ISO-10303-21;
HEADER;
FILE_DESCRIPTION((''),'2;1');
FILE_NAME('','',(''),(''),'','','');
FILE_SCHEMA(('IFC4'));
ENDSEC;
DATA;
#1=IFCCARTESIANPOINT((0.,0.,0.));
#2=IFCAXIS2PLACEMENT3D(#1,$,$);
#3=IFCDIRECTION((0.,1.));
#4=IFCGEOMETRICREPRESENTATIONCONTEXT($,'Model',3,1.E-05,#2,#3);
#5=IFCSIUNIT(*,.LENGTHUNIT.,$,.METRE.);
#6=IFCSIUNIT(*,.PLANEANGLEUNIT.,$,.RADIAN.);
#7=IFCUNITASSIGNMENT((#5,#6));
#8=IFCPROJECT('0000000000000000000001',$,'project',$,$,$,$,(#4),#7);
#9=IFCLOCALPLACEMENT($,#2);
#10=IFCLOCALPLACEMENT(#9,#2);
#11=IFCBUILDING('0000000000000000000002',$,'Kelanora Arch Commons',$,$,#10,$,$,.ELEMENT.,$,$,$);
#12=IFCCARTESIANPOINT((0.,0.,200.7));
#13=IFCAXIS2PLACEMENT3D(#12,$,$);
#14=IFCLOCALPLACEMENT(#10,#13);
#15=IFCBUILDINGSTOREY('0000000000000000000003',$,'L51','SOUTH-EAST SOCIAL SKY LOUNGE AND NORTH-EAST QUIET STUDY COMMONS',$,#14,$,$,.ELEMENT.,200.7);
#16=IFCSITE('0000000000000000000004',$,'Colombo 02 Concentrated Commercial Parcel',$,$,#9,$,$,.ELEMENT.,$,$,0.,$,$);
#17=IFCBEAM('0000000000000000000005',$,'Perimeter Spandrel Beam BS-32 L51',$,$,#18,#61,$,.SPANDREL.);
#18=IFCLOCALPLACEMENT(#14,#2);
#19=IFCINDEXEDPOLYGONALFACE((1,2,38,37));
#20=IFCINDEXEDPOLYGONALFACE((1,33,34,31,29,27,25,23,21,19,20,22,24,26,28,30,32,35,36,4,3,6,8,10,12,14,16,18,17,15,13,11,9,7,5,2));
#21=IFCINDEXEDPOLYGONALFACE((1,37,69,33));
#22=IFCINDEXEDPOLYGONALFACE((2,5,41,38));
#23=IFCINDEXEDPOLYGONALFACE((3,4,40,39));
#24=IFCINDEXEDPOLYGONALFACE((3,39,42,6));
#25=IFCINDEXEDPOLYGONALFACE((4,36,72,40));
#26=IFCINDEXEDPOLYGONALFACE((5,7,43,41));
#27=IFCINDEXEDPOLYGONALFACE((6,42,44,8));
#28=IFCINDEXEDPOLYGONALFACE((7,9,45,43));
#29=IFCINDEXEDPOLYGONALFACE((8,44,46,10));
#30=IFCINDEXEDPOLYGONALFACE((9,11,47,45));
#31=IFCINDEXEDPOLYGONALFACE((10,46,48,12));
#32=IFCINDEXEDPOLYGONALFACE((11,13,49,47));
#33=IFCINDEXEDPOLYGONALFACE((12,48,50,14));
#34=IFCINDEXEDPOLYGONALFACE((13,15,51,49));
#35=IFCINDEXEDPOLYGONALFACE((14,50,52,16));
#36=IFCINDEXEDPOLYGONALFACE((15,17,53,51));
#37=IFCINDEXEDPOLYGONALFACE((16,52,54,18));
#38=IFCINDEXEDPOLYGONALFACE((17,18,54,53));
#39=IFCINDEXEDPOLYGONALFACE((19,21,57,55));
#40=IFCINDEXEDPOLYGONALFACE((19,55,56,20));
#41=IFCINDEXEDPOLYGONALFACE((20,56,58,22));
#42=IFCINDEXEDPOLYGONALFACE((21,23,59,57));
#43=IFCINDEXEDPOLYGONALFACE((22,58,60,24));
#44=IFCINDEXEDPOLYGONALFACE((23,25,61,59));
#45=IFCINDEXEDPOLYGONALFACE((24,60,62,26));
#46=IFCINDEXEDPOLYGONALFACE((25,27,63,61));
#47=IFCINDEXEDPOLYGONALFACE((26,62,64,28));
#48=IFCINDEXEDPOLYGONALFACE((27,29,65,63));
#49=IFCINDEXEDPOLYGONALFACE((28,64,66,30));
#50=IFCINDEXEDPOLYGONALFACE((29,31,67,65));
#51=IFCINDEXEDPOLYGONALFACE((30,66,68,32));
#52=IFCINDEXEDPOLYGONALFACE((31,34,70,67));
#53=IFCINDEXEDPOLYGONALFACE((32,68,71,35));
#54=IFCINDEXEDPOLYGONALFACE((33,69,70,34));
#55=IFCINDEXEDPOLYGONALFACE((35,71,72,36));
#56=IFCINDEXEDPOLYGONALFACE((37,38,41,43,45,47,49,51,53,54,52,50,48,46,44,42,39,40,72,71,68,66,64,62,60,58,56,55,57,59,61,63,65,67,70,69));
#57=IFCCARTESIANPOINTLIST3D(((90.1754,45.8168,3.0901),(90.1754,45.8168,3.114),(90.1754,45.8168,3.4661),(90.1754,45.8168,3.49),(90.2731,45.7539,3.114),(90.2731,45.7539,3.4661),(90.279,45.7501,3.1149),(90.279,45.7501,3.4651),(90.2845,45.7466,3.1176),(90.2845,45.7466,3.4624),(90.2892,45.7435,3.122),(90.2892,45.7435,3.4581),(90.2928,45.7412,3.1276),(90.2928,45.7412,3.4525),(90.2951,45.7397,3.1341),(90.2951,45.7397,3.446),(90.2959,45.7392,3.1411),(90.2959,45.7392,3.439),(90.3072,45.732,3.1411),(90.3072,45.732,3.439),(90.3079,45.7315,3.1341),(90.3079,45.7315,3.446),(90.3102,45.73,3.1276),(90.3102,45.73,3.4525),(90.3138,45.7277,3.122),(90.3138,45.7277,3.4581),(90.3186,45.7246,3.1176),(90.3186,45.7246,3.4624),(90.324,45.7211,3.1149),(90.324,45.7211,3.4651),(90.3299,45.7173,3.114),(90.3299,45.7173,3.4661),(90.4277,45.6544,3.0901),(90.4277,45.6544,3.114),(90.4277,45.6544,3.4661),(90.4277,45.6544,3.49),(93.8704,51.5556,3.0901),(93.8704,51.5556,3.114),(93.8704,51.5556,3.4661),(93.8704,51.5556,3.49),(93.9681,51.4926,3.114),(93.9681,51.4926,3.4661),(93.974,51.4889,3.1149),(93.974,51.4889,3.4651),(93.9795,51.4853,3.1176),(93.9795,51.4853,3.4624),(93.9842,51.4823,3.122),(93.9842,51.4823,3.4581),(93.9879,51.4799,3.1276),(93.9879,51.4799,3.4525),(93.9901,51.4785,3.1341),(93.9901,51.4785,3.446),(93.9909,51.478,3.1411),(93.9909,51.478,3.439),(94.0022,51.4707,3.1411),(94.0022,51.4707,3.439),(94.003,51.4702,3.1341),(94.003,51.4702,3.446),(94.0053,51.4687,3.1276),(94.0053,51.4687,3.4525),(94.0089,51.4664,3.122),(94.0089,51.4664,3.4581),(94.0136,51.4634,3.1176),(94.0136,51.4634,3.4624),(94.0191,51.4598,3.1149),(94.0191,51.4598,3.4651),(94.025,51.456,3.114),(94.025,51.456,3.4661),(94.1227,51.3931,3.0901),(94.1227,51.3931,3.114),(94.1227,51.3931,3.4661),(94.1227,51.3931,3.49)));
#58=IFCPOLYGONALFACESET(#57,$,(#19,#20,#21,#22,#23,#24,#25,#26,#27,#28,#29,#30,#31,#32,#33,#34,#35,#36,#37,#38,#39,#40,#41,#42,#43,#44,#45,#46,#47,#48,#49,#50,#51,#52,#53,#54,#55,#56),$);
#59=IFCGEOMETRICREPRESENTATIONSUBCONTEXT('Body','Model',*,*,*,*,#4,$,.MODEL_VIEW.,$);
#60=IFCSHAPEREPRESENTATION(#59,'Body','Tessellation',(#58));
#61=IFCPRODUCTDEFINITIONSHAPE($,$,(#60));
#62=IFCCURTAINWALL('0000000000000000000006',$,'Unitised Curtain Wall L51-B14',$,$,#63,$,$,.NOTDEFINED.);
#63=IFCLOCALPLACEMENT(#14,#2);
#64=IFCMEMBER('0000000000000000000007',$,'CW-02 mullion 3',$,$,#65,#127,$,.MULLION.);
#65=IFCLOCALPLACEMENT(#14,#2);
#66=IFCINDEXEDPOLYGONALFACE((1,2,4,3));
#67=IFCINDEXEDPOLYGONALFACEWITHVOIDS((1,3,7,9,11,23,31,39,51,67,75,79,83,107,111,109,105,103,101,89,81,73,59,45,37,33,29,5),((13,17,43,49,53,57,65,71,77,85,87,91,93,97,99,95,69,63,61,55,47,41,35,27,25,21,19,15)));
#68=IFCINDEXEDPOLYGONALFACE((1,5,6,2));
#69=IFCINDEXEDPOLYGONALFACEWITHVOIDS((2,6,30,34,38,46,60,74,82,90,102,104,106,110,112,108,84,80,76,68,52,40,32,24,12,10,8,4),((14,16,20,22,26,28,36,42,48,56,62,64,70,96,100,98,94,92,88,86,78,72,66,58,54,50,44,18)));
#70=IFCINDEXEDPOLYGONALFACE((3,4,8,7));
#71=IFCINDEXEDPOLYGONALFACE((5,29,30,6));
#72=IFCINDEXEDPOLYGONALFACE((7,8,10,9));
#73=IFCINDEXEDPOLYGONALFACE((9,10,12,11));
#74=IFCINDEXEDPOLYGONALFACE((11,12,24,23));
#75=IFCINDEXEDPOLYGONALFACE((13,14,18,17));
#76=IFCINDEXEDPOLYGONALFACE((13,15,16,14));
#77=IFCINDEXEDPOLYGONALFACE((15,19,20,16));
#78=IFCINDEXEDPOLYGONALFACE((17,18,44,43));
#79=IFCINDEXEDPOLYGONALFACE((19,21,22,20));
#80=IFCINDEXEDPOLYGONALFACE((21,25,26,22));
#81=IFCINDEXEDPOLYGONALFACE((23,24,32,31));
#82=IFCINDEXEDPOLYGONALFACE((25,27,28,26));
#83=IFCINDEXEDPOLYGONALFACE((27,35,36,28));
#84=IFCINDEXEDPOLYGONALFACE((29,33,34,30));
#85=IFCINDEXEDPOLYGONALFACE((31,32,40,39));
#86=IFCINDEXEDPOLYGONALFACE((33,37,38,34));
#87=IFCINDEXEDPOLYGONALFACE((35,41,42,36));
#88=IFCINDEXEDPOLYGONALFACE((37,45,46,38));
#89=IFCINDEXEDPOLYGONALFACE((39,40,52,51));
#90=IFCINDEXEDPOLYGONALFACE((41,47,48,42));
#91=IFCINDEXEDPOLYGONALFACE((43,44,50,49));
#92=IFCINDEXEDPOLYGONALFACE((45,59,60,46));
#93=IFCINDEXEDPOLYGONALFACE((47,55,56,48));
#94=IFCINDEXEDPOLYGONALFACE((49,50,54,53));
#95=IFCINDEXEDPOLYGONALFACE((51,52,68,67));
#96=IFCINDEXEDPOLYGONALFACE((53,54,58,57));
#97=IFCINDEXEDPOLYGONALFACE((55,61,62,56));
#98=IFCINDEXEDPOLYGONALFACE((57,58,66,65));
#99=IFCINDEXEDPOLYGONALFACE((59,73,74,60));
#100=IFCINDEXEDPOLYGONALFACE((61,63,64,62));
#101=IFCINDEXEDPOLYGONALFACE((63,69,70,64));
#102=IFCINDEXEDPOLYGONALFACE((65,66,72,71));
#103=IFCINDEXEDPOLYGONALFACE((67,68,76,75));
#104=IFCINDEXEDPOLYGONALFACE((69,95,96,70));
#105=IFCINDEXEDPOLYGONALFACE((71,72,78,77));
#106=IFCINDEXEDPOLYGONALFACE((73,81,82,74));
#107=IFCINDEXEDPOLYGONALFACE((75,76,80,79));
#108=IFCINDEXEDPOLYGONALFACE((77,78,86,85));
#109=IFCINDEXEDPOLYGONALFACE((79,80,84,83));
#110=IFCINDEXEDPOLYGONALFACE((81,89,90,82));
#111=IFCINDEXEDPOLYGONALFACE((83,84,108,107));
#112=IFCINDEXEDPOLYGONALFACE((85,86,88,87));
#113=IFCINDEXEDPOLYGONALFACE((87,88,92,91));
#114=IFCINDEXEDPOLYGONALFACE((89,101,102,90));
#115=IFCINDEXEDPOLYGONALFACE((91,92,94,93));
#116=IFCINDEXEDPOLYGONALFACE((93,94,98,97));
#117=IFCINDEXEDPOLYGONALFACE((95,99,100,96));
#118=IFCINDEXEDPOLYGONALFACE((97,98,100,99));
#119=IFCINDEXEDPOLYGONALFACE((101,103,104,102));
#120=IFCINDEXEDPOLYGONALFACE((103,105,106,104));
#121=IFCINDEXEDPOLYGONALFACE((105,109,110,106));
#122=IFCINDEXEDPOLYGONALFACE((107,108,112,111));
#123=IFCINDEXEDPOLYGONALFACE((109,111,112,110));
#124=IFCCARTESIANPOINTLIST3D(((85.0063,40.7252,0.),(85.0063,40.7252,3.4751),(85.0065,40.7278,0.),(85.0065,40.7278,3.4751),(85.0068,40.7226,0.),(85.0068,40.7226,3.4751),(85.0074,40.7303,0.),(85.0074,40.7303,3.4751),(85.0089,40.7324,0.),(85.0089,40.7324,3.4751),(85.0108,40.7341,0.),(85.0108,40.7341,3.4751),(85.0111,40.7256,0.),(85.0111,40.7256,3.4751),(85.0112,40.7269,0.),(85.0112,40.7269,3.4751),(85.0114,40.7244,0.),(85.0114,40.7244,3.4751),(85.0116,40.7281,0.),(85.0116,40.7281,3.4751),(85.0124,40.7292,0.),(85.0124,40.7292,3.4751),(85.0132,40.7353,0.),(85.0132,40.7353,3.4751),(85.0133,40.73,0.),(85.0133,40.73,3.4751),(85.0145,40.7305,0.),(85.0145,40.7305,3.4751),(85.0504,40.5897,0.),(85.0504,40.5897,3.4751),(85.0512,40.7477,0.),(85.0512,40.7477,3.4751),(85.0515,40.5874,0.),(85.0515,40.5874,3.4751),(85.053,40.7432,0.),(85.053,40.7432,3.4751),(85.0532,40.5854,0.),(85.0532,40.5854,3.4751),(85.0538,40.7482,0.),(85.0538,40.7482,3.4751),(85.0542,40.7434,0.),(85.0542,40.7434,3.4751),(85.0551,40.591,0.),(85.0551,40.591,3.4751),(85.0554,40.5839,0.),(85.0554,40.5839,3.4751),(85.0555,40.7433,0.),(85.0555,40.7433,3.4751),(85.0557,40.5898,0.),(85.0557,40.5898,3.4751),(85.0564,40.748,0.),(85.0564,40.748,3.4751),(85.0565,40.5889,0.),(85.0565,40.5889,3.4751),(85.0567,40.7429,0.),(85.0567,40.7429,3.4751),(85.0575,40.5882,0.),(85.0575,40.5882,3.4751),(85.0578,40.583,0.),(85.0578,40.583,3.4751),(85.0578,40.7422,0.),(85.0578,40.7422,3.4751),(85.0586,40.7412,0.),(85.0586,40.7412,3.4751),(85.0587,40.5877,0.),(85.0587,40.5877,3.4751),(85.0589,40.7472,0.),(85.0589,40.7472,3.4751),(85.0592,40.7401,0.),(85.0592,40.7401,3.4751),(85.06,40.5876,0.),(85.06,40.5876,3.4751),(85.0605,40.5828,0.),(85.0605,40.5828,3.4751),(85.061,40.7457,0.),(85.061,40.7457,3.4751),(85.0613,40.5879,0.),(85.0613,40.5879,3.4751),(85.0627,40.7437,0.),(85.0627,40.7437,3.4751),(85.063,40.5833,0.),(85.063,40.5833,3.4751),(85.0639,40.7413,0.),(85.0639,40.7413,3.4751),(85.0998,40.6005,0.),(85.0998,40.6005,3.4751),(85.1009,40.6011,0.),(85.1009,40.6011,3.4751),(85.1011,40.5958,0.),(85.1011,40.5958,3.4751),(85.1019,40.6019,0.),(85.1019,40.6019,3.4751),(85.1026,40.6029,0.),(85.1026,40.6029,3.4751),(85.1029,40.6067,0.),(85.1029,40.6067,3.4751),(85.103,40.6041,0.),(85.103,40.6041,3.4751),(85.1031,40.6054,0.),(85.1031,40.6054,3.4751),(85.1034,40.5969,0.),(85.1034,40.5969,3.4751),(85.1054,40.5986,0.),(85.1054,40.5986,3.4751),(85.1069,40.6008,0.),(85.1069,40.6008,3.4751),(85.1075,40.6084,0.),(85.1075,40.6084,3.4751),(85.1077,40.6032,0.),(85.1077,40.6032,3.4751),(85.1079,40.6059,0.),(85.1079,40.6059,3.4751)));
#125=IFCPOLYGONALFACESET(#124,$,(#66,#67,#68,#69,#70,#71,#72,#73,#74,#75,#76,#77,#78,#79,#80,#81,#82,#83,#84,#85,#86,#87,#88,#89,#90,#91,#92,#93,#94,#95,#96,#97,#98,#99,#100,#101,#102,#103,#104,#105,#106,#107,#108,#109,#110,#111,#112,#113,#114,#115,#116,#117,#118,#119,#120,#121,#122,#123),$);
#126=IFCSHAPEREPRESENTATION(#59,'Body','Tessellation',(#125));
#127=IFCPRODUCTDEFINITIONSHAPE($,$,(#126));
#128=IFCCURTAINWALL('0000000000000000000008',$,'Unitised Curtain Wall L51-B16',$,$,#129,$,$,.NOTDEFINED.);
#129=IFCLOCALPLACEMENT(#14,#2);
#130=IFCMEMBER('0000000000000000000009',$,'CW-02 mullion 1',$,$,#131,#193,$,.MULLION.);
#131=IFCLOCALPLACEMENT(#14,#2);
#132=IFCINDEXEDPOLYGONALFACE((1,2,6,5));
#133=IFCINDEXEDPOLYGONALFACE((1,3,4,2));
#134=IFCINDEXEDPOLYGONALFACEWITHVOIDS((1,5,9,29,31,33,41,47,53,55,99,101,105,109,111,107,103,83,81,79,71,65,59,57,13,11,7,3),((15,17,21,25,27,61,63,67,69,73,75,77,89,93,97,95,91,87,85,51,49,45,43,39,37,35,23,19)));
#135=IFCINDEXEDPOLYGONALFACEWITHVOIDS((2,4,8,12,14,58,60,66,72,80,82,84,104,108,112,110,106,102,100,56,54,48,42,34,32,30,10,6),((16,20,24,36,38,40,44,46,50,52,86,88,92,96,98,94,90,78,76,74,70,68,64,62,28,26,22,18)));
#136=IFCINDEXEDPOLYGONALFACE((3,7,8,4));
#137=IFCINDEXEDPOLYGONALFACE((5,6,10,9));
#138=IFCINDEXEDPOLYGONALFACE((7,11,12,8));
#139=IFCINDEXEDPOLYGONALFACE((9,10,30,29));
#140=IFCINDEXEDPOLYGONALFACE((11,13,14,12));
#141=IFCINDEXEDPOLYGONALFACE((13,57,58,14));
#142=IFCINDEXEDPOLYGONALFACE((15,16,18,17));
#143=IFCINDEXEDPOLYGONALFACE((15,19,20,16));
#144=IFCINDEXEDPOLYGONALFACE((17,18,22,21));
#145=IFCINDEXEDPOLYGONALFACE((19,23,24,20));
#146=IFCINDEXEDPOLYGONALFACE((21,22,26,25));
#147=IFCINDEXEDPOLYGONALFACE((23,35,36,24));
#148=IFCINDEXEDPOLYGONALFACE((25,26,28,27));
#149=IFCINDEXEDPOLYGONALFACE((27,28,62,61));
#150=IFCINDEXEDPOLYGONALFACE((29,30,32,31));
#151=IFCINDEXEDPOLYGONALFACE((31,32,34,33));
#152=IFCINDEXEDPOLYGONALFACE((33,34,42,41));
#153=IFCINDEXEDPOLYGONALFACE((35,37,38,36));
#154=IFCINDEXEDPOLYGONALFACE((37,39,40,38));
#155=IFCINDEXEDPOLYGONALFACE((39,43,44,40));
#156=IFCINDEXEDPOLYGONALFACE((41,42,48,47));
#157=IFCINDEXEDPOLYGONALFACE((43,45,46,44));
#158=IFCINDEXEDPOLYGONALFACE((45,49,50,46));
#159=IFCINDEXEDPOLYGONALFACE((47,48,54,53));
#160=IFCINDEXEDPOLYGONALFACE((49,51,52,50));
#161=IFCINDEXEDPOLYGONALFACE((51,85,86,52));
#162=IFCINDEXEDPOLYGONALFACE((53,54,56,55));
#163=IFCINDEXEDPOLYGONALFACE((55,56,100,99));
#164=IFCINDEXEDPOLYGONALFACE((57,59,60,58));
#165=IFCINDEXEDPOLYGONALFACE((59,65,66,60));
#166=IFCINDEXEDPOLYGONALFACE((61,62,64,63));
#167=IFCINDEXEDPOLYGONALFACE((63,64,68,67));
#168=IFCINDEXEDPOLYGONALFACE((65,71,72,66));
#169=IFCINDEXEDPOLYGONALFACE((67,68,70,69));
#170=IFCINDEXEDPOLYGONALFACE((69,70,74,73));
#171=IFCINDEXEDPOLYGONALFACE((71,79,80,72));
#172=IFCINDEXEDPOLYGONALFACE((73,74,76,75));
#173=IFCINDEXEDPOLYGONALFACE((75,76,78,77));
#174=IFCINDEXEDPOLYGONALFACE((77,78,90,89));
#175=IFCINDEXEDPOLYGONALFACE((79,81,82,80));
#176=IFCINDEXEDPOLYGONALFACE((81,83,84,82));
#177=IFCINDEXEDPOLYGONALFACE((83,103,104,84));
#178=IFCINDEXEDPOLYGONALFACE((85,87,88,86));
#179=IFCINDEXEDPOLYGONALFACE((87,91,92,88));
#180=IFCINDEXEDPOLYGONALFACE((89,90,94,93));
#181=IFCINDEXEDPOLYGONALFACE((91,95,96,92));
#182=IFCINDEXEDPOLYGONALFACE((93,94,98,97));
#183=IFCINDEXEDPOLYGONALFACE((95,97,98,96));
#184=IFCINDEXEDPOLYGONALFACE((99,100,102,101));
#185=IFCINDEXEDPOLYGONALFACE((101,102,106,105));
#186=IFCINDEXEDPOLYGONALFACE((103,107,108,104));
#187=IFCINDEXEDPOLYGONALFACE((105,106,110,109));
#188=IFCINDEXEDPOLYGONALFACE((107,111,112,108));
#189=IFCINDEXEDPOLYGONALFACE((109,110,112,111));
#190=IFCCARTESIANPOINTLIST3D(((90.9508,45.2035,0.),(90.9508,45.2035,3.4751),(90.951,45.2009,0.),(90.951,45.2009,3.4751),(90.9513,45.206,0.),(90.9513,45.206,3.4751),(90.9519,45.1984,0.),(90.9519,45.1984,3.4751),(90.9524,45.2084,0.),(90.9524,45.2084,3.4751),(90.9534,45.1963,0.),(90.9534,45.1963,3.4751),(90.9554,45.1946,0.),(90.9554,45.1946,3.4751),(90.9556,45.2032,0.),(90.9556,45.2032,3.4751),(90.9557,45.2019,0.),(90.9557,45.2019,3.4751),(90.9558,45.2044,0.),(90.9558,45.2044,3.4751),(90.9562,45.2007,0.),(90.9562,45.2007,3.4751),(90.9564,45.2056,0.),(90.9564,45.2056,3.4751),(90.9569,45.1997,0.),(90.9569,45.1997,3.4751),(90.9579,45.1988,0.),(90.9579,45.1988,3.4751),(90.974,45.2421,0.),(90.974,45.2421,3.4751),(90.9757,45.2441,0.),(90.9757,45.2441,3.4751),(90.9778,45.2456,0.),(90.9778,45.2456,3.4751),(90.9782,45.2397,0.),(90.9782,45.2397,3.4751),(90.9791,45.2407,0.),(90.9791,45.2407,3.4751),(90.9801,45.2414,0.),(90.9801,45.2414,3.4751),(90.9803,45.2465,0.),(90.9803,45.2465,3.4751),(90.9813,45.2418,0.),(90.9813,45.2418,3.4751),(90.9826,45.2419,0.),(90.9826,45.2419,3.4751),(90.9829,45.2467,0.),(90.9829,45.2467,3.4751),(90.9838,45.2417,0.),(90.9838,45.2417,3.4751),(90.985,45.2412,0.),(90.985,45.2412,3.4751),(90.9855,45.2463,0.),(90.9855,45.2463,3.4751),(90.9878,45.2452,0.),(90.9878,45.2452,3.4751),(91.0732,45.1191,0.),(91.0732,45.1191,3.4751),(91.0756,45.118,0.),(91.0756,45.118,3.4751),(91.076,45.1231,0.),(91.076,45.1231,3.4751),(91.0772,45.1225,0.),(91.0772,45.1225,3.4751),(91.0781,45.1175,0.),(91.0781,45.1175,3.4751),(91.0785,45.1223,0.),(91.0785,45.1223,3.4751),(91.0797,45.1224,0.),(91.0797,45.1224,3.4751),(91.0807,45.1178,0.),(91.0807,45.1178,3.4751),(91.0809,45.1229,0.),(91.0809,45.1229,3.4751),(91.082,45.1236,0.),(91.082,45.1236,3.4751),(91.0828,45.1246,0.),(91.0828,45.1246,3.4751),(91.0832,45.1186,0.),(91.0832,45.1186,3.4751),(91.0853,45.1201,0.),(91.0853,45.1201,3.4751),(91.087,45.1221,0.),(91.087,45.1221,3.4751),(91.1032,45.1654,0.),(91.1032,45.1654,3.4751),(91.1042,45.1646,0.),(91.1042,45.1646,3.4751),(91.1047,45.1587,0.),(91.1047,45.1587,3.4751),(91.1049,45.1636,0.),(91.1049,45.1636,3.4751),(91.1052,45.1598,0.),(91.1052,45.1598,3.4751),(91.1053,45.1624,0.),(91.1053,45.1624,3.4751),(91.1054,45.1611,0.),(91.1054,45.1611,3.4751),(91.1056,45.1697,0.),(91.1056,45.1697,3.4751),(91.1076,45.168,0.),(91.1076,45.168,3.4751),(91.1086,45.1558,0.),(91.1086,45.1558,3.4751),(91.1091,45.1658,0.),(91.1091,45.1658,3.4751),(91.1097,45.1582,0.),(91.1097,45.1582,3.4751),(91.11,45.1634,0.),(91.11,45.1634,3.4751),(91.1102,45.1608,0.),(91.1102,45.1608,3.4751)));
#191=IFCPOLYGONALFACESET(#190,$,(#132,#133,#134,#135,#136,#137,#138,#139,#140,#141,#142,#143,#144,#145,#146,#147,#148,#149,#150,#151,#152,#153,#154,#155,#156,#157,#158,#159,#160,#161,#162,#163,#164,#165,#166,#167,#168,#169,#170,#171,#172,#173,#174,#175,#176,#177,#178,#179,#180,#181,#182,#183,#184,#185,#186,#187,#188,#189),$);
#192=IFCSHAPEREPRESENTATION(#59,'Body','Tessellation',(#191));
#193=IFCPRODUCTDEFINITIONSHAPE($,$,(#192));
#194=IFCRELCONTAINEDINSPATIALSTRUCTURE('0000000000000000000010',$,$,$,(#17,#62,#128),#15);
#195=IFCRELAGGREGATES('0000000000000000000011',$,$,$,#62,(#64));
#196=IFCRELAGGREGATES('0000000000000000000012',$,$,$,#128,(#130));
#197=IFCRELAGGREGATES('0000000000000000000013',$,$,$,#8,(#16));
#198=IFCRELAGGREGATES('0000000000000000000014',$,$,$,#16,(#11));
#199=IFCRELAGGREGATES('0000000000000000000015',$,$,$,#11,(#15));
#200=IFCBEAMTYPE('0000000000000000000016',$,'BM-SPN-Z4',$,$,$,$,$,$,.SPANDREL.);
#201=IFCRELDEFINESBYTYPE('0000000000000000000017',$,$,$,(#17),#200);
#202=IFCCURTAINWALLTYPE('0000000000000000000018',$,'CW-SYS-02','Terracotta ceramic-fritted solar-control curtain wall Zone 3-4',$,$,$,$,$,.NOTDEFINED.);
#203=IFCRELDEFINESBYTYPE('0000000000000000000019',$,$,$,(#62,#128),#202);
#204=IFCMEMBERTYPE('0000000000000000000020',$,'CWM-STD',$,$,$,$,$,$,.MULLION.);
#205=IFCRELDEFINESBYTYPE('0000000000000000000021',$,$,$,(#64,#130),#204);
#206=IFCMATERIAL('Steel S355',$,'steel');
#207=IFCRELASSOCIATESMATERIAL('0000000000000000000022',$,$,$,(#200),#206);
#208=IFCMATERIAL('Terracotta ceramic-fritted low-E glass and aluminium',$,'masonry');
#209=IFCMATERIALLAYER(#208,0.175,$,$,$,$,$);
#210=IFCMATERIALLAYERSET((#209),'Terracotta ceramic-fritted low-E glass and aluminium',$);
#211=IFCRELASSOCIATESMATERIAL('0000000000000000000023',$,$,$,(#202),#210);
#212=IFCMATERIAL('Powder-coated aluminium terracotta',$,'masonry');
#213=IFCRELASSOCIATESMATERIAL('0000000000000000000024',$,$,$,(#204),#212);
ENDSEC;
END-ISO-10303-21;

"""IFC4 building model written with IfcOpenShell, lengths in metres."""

from ifc_helpers import new_model, si_unit, direction, frame, origin, origin_2d, place, context, subcontext, project, spatial, hollow_rectangle, i_section, extrude, material, layer, layer_set, material_profile, profile_set, type_object, element, aggregate, save


model = new_model("IFC4")

# Units and contexts
model_context = context("Model", 3, precision=1e-05, world=origin(), true_north=direction((0.0, 1.0)))
body_context = subcontext(model_context, "Body", "Model", "MODEL_VIEW")
ifc_project = project(units=[si_unit("LENGTHUNIT", "METRE"), si_unit("PLANEANGLEUNIT", "RADIAN")], contexts=[model_context])

# Site, building, storey
site_placement = place(None, origin())
site = spatial("IfcSite", under=ifc_project, at=site_placement, Name="Colombo 02 Concentrated Commercial Parcel", CompositionType="ELEMENT", RefElevation=0.0)
building_placement = place(site_placement, origin())
building = spatial("IfcBuilding", under=site, at=building_placement, Name="Kelanora Arch Commons", CompositionType="ELEMENT")
storey_placement = place(building_placement, frame((0.0, 0.0, 200.7)))
storey = spatial("IfcBuildingStorey", under=building, at=storey_placement, Name="L51", Description="SOUTH-EAST SOCIAL SKY LOUNGE AND NORTH-EAST QUIET STUDY COMMONS", CompositionType="ELEMENT", Elevation=200.7)

# Beam
ifc_material_1 = material(Name="Steel S355", Category="steel")
ifc_material_profile_1 = material_profile(ifc_material_1, i_section(OverallWidth=0.3, OverallDepth=0.3999, WebThickness=0.0134, FlangeThickness=0.0239, FilletRadius=0.0271, at=origin_2d()), Name="HEB400")
ifc_profile_set_1 = profile_set([ifc_material_profile_1], Name="Steel S355")
beam_type_1 = type_object("IfcBeamType", Name="BM-SPN-Z4", PredefinedType="SPANDREL", material=ifc_profile_set_1)
beam_1_placement = place(storey_placement, frame((90.3015, 45.7356, 3.29), z_axis=(0.541365, 0.840788, 0.0), x_axis=(-0.840788, 0.541365, 0.0)))
element("IfcBeam", 1, at=beam_1_placement, inside=storey, type_object=beam_type_1, Name="Perimeter Spandrel Beam BS-32 L51", PredefinedType="SPANDREL", context=body_context, shape_type="SweptSolid", body=[
    extrude(i_section(OverallWidth=0.3, OverallDepth=0.3999, WebThickness=0.0134, FlangeThickness=0.0239, FilletRadius=0.0271, at=origin_2d()), origin(), (0.0, 0.0, 1.0), 6.8254),
])

# Curtain wall, member
ifc_material_2 = material(Name="Terracotta ceramic-fritted low-E glass and aluminium", Category="masonry")
ifc_layer_1 = layer(ifc_material_2, 0.175)
ifc_layer_set_1 = layer_set([ifc_layer_1], Name="Terracotta ceramic-fritted low-E glass and aluminium")
curtain_wall_type = type_object("IfcCurtainWallType", Name="CW-SYS-02", Description="Terracotta ceramic-fritted solar-control curtain wall Zone 3-4", PredefinedType="NOTDEFINED", material=ifc_layer_set_1)
curtain_wall_1_placement = place(storey_placement, origin())
curtain_wall_1 = element("IfcCurtainWall", 2, at=curtain_wall_1_placement, inside=storey, type_object=curtain_wall_type, Name="Unitised Curtain Wall L51-B14", PredefinedType="NOTDEFINED")
ifc_material_3 = material(Name="Powder-coated aluminium terracotta", Category="masonry")
ifc_material_profile_2 = material_profile(ifc_material_3, hollow_rectangle(XDim=0.1599, YDim=0.0601, WallThickness=0.0049, InnerFilletRadius=0.0049, OuterFilletRadius=0.01, at=origin_2d()), Name="CWM160x60")
ifc_profile_set_2 = profile_set([ifc_material_profile_2], Name="Powder-coated aluminium terracotta")
member_type_1 = type_object("IfcMemberType", Name="CWM-STD", PredefinedType="MULLION", material=ifc_profile_set_2)
member_1_placement = place(storey_placement, frame((85.0571, 40.6655, 0.0), z_axis=(0.0, 0.0, 1.0), x_axis=(-0.311582, 0.950219, 0.0)))
member_1 = element("IfcMember", 3, at=member_1_placement, type_object=member_type_1, Name="CW-02 mullion 3", PredefinedType="MULLION", context=body_context, shape_type="SweptSolid", body=[
    extrude(hollow_rectangle(XDim=0.1599, YDim=0.0601, WallThickness=0.0049, InnerFilletRadius=0.0049, OuterFilletRadius=0.01, at=origin_2d()), origin(), (0.0, 0.0, 1.0), 3.4751),
])

# Curtain wall, member
curtain_wall_2_placement = place(storey_placement, origin())
curtain_wall_2 = element("IfcCurtainWall", 4, at=curtain_wall_2_placement, inside=storey, type_object=curtain_wall_type, Name="Unitised Curtain Wall L51-B16", PredefinedType="NOTDEFINED")
member_2_placement = place(storey_placement, frame((91.0305, 45.1821, 0.0), z_axis=(0.0, 0.0, 1.0), x_axis=(-0.841948, 0.539559, 0.0)))
member_2 = element("IfcMember", 5, at=member_2_placement, type_object=member_type_1, Name="CW-02 mullion 1", PredefinedType="MULLION", context=body_context, shape_type="SweptSolid", body=[
    extrude(hollow_rectangle(XDim=0.1599, YDim=0.0601, WallThickness=0.0049, InnerFilletRadius=0.0049, OuterFilletRadius=0.01, at=origin_2d()), origin(), (0.0, 0.0, 1.0), 3.4751),
])

aggregate(curtain_wall_1, [member_1])
aggregate(curtain_wall_2, [member_2])

save(model, "model.ifc")
